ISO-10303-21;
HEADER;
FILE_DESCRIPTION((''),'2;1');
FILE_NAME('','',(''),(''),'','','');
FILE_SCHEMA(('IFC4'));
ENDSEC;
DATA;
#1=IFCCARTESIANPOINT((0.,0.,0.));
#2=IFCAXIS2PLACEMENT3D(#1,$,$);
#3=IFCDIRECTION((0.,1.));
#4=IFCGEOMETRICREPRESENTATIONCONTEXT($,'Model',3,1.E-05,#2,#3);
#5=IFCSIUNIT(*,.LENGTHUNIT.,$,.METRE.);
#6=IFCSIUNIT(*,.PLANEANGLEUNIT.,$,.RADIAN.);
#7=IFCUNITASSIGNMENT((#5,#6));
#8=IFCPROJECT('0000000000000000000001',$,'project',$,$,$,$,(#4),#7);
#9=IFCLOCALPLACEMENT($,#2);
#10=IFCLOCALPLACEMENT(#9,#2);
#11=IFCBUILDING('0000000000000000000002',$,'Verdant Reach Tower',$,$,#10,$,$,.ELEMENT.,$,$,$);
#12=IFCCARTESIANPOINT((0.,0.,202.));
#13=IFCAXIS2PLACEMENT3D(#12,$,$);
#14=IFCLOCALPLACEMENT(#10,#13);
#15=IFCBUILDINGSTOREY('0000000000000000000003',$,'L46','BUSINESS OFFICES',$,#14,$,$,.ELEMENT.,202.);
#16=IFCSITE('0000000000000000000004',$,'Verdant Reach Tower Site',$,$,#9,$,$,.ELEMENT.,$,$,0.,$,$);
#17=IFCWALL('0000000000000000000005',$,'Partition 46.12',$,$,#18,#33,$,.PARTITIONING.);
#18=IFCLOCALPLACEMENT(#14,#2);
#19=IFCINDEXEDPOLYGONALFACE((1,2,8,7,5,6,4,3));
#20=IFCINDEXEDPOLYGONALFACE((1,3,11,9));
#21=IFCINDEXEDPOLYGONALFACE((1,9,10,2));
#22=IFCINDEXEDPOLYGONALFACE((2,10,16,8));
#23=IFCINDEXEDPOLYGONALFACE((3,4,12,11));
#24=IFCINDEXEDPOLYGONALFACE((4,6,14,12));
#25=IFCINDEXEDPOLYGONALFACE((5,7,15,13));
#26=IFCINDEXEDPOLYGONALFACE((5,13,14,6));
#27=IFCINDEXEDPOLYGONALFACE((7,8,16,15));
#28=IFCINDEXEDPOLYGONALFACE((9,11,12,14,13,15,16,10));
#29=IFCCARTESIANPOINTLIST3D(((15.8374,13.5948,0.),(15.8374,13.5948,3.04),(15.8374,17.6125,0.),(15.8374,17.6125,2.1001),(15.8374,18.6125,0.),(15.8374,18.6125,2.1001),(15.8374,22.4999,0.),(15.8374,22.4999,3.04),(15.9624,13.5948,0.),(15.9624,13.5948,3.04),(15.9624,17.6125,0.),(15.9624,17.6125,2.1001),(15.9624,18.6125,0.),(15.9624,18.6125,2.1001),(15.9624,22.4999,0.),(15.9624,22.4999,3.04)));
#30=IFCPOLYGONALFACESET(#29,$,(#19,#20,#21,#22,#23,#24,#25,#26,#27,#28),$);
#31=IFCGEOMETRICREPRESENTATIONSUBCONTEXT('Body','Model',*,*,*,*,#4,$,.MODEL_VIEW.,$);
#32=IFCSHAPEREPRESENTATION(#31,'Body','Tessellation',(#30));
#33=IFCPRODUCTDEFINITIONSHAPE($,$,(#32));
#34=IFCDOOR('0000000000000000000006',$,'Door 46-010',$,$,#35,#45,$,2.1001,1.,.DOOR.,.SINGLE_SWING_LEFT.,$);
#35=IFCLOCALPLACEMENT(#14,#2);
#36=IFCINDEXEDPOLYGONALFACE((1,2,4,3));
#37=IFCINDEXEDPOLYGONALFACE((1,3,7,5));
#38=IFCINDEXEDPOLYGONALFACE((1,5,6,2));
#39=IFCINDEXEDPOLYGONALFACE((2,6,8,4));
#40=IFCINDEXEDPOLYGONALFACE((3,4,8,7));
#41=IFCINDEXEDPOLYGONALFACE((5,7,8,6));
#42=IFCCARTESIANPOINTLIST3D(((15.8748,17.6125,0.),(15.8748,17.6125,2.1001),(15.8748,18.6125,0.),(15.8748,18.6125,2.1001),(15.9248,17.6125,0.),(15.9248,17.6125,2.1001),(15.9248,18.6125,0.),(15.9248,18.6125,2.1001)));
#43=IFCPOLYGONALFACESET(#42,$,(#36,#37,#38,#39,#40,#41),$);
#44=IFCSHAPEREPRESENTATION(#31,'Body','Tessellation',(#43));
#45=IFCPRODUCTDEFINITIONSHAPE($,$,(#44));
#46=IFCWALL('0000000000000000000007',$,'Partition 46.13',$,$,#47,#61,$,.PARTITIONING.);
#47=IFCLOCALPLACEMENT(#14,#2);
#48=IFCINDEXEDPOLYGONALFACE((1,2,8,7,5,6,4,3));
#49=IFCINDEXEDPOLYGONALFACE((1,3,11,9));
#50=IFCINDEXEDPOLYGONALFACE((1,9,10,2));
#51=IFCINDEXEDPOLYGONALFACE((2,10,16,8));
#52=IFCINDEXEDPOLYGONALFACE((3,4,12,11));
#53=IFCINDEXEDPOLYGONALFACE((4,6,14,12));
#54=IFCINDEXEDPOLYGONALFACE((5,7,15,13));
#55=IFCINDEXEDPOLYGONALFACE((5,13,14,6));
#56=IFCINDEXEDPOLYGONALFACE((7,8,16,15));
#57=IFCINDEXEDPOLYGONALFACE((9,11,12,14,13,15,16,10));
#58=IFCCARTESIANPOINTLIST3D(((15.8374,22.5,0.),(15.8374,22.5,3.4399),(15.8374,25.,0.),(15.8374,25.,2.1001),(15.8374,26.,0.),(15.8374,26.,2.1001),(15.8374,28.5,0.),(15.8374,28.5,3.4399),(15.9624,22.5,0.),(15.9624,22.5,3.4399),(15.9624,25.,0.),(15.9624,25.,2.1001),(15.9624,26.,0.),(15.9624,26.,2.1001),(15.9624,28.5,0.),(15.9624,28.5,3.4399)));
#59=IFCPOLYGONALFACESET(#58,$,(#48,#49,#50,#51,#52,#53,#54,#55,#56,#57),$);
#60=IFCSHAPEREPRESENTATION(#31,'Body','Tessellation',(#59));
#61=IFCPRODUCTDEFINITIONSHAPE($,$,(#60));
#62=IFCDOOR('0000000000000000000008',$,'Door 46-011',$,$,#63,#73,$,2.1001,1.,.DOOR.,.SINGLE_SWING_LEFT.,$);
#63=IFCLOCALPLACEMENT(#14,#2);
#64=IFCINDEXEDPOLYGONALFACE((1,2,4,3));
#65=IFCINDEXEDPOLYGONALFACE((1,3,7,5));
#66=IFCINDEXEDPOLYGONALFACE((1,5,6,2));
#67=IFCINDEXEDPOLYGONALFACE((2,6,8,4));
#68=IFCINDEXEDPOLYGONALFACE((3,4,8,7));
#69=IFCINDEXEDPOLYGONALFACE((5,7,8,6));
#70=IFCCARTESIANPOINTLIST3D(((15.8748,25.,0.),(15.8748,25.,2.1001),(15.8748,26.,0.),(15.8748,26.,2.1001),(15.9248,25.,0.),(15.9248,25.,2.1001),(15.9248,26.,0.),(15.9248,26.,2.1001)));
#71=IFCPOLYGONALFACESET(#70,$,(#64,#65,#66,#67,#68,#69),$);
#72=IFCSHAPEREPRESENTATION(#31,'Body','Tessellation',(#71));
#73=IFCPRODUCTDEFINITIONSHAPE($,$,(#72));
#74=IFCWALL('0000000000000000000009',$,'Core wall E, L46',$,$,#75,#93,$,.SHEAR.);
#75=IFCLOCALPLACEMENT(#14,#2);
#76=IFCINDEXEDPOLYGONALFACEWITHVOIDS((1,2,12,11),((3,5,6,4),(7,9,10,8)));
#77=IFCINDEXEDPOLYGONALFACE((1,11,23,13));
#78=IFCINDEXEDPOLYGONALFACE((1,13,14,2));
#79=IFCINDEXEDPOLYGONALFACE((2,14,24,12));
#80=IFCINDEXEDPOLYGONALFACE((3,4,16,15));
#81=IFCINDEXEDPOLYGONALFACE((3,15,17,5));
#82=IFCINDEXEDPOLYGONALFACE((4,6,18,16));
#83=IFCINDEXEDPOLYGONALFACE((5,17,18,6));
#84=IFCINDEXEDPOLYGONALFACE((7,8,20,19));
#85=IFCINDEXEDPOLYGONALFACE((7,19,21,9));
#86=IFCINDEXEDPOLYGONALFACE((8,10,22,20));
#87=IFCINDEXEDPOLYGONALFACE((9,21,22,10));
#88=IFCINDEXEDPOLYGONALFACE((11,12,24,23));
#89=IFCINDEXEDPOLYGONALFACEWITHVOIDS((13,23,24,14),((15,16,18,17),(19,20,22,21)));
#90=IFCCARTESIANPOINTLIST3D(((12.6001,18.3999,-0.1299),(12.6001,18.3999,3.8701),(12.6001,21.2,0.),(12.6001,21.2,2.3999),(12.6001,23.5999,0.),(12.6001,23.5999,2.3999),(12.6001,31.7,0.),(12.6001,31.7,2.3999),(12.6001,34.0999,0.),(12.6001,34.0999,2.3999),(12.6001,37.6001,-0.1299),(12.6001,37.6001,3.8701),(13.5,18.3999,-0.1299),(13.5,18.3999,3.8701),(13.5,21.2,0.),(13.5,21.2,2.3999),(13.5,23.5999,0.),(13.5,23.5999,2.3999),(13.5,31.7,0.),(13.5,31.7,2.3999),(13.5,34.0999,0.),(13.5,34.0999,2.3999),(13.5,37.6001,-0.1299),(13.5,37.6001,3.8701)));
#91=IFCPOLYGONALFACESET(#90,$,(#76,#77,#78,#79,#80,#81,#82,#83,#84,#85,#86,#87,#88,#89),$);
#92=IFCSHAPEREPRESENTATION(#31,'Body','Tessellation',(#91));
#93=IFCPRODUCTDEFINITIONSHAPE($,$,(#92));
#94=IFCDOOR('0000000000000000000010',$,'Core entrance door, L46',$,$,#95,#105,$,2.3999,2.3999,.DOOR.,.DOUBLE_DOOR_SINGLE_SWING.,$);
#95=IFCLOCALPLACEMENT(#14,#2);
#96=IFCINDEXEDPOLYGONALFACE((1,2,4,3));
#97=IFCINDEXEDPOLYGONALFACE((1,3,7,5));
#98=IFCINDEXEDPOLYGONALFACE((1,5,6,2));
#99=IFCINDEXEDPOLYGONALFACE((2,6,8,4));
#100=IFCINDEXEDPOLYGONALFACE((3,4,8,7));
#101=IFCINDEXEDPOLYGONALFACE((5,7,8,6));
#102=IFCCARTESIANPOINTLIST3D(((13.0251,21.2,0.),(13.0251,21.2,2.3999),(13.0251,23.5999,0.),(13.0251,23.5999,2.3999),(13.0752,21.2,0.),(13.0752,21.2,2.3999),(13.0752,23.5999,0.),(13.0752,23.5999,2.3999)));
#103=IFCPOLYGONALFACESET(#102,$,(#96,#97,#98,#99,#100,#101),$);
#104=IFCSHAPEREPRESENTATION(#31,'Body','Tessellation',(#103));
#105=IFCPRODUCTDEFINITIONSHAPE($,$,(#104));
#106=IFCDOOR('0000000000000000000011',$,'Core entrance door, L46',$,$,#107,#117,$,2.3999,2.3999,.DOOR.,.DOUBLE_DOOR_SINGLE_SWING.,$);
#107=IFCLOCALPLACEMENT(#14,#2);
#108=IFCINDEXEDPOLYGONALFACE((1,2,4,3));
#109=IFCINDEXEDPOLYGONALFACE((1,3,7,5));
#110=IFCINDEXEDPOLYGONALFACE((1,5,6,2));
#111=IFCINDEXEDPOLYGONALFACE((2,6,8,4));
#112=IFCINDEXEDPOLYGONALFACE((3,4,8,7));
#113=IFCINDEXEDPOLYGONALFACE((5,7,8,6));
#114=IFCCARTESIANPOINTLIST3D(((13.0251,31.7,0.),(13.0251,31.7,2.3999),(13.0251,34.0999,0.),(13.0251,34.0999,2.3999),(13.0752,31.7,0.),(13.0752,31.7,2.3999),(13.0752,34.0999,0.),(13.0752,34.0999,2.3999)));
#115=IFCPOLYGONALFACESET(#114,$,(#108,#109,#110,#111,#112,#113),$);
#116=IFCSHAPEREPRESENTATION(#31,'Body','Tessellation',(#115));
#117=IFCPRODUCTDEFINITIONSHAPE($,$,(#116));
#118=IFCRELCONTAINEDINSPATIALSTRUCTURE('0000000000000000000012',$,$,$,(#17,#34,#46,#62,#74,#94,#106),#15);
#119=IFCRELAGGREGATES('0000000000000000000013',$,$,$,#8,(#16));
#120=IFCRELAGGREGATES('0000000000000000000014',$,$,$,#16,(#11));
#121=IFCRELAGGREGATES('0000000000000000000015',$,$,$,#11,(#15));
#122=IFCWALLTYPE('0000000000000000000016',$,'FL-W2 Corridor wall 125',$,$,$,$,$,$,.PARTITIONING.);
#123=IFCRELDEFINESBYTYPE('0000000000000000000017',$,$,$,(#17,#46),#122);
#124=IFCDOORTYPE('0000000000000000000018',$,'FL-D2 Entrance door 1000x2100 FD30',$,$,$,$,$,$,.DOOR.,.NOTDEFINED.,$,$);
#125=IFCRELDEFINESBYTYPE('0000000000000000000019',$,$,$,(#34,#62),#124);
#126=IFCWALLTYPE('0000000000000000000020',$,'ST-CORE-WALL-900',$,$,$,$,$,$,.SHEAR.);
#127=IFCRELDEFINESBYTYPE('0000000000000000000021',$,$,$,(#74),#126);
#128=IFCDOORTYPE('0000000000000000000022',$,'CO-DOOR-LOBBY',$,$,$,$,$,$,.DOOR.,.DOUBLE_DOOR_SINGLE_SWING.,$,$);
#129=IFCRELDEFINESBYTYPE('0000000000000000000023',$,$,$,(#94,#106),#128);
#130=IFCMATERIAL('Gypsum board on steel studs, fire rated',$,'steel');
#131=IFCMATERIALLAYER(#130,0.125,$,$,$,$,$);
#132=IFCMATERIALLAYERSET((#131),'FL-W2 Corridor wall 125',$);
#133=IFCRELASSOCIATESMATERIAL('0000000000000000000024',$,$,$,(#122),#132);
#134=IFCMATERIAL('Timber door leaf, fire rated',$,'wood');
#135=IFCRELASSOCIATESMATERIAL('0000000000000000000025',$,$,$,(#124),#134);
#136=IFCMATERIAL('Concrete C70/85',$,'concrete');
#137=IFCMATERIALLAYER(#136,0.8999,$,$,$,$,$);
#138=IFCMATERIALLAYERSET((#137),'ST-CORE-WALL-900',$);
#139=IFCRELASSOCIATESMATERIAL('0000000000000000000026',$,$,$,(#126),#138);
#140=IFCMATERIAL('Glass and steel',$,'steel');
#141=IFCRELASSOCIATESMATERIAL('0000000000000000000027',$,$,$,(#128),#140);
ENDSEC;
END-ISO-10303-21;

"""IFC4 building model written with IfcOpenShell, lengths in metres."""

from ifc_helpers import new_model, si_unit, direction, frame, frame_2d, origin, place, context, subcontext, project, spatial, rectangle, extrude, material, layer, layer_set, type_object, element, fill, save


model = new_model("IFC4")

# Units and contexts
model_context = context("Model", 3, precision=1e-05, world=origin(), true_north=direction((0.0, 1.0)))
body_context = subcontext(model_context, "Body", "Model", "MODEL_VIEW")
ifc_project = project(units=[si_unit("LENGTHUNIT", "METRE"), si_unit("PLANEANGLEUNIT", "RADIAN")], contexts=[model_context])

# Site, building, storey
site_placement = place(None, origin())
site = spatial("IfcSite", under=ifc_project, at=site_placement, Name="Verdant Reach Tower Site", CompositionType="ELEMENT", RefElevation=0.0)
building_placement = place(site_placement, origin())
building = spatial("IfcBuilding", under=site, at=building_placement, Name="Verdant Reach Tower", CompositionType="ELEMENT")
storey_placement = place(building_placement, frame((0.0, 0.0, 202.0)))
storey = spatial("IfcBuildingStorey", under=building, at=storey_placement, Name="L46", Description="BUSINESS OFFICES", CompositionType="ELEMENT", Elevation=202.0)

# Walls, openings, doors
ifc_material_1 = material(Name="Gypsum board on steel studs, fire rated", Category="steel")
ifc_layer_1 = layer(ifc_material_1, 0.125)
ifc_layer_set_1 = layer_set([ifc_layer_1], Name="FL-W2 Corridor wall 125")
wall_type_1 = type_object("IfcWallType", Name="FL-W2 Corridor wall 125", PredefinedType="PARTITIONING", material=ifc_layer_set_1)
wall_1_placement = place(storey_placement, frame((15.8999, 22.5, 0.0), z_axis=(0.0, 0.0, 1.0), x_axis=(0.0, -1.0, 0.0)))
wall_1 = element("IfcWall", 1, at=wall_1_placement, inside=storey, type_object=wall_type_1, Name="Partition 46.12", PredefinedType="PARTITIONING", context=body_context, shape_type="SweptSolid", body=[
    extrude(rectangle(XDim=8.905, YDim=0.125, at=frame_2d((4.4526, 0.0))), origin(), (0.0, 0.0, 1.0), 3.04),
])
opening_1_placement = place(wall_1_placement, frame((3.8875, 0.0, 0.0)))
opening_1 = element("IfcOpeningElement", 2, at=opening_1_placement, cuts=wall_1, PredefinedType="OPENING", context=body_context, shape_type="SweptSolid", body=[
    extrude(rectangle(XDim=1.0, YDim=2.1001, at=frame_2d((0.5, 1.05))), frame((0.0, 0.0725, 0.0), z_axis=(0.0, -1.0, 0.0), x_axis=(1.0, 0.0, 0.0)), (0.0, 0.0, 1.0), 0.145),
])
ifc_material_2 = material(Name="Timber door leaf, fire rated", Category="wood")
door_type_1 = type_object("IfcDoorType", Name="FL-D2 Entrance door 1000x2100 FD30", OperationType="NOTDEFINED", PredefinedType="DOOR", material=ifc_material_2)
door_1_placement = place(opening_1_placement, origin())
door_1 = element("IfcDoor", 3, at=door_1_placement, inside=storey, type_object=door_type_1, Name="Door 46-010", OperationType="SINGLE_SWING_LEFT", OverallHeight=2.1001, OverallWidth=1.0, PredefinedType="DOOR", context=body_context, shape_type="SweptSolid", body=[
    extrude(rectangle(XDim=1.0, YDim=2.1001, at=frame_2d((0.5, 1.05))), frame((0.0, 0.0249, 0.0), z_axis=(0.0, -1.0, 0.0), x_axis=(1.0, 0.0, 0.0)), (0.0, 0.0, 1.0), 0.05),
])
fill(opening_1, door_1)
wall_2_placement = place(storey_placement, frame((15.8999, 28.5, 0.0), z_axis=(0.0, 0.0, 1.0), x_axis=(0.0, -1.0, 0.0)))
wall_2 = element("IfcWall", 4, at=wall_2_placement, inside=storey, type_object=wall_type_1, Name="Partition 46.13", PredefinedType="PARTITIONING", context=body_context, shape_type="SweptSolid", body=[
    extrude(rectangle(XDim=6.0, YDim=0.125, at=frame_2d((3.0, 0.0))), origin(), (0.0, 0.0, 1.0), 3.4399),
])
opening_2_placement = place(wall_2_placement, frame((2.5, 0.0, 0.0)))
opening_2 = element("IfcOpeningElement", 5, at=opening_2_placement, cuts=wall_2, PredefinedType="OPENING", context=body_context, shape_type="SweptSolid", body=[
    extrude(rectangle(XDim=1.0, YDim=2.1001, at=frame_2d((0.5, 1.05))), frame((0.0, 0.0725, 0.0), z_axis=(0.0, -1.0, 0.0), x_axis=(1.0, 0.0, 0.0)), (0.0, 0.0, 1.0), 0.145),
])
door_2_placement = place(opening_2_placement, origin())
door_2 = element("IfcDoor", 6, at=door_2_placement, inside=storey, type_object=door_type_1, Name="Door 46-011", OperationType="SINGLE_SWING_LEFT", OverallHeight=2.1001, OverallWidth=1.0, PredefinedType="DOOR", context=body_context, shape_type="SweptSolid", body=[
    extrude(rectangle(XDim=1.0, YDim=2.1001, at=frame_2d((0.5, 1.05))), frame((0.0, 0.0249, 0.0), z_axis=(0.0, -1.0, 0.0), x_axis=(1.0, 0.0, 0.0)), (0.0, 0.0, 1.0), 0.05),
])
fill(opening_2, door_2)

# Wall, openings, doors
ifc_material_3 = material(Name="Concrete C70/85", Category="concrete")
ifc_layer_2 = layer(ifc_material_3, 0.8999)
ifc_layer_set_2 = layer_set([ifc_layer_2], Name="ST-CORE-WALL-900")
wall_type_2 = type_object("IfcWallType", Name="ST-CORE-WALL-900", PredefinedType="SHEAR", material=ifc_layer_set_2)
wall_3_placement = place(storey_placement, frame((13.05, 18.3999, -0.1299), z_axis=(0.0, 0.0, 1.0), x_axis=(0.0, 1.0, 0.0)))
wall_3 = element("IfcWall", 7, at=wall_3_placement, inside=storey, type_object=wall_type_2, Name="Core wall E, L46", PredefinedType="SHEAR", context=body_context, shape_type="SweptSolid", body=[
    extrude(rectangle(XDim=19.2002, YDim=0.8999, at=frame_2d((9.6001, 0.0))), origin(), (0.0, 0.0, 1.0), 4.0),
])
opening_3_placement = place(wall_3_placement, frame((2.8, 0.0, 0.1299)))
opening_3 = element("IfcOpeningElement", 8, at=opening_3_placement, cuts=wall_3, PredefinedType="OPENING", context=body_context, shape_type="SweptSolid", body=[
    extrude(rectangle(XDim=2.3999, YDim=2.3999, at=frame_2d((1.2, 1.2))), frame((0.0, 0.46, 0.0), z_axis=(0.0, -1.0, 0.0), x_axis=(1.0, 0.0, 0.0)), (0.0, 0.0, 1.0), 0.9199),
])
opening_4_placement = place(wall_3_placement, frame((13.3, 0.0, 0.1299)))
opening_4 = element("IfcOpeningElement", 9, at=opening_4_placement, cuts=wall_3, PredefinedType="OPENING", context=body_context, shape_type="SweptSolid", body=[
    extrude(rectangle(XDim=2.3999, YDim=2.3999, at=frame_2d((1.2, 1.2))), frame((0.0, 0.46, 0.0), z_axis=(0.0, -1.0, 0.0), x_axis=(1.0, 0.0, 0.0)), (0.0, 0.0, 1.0), 0.9199),
])
ifc_material_4 = material(Name="Glass and steel", Category="steel")
door_type_2 = type_object("IfcDoorType", Name="CO-DOOR-LOBBY", OperationType="DOUBLE_DOOR_SINGLE_SWING", PredefinedType="DOOR", material=ifc_material_4)
door_3_placement = place(opening_3_placement, origin())
door_3 = element("IfcDoor", 10, at=door_3_placement, inside=storey, type_object=door_type_2, Name="Core entrance door, L46", OperationType="DOUBLE_DOOR_SINGLE_SWING", OverallHeight=2.3999, OverallWidth=2.3999, PredefinedType="DOOR", context=body_context, shape_type="SweptSolid", body=[
    extrude(rectangle(XDim=2.3999, YDim=2.3999, at=frame_2d((1.2, 1.2))), frame((0.0, 0.0249, 0.0), z_axis=(0.0, -1.0, 0.0), x_axis=(1.0, 0.0, 0.0)), (0.0, 0.0, 1.0), 0.05),
])
fill(opening_3, door_3)
door_4_placement = place(opening_4_placement, origin())
door_4 = element("IfcDoor", 11, at=door_4_placement, inside=storey, type_object=door_type_2, Name="Core entrance door, L46", OperationType="DOUBLE_DOOR_SINGLE_SWING", OverallHeight=2.3999, OverallWidth=2.3999, PredefinedType="DOOR", context=body_context, shape_type="SweptSolid", body=[
    extrude(rectangle(XDim=2.3999, YDim=2.3999, at=frame_2d((1.2, 1.2))), frame((0.0, 0.0249, 0.0), z_axis=(0.0, -1.0, 0.0), x_axis=(1.0, 0.0, 0.0)), (0.0, 0.0, 1.0), 0.05),
])
fill(opening_4, door_4)

save(model, "model.ifc")
